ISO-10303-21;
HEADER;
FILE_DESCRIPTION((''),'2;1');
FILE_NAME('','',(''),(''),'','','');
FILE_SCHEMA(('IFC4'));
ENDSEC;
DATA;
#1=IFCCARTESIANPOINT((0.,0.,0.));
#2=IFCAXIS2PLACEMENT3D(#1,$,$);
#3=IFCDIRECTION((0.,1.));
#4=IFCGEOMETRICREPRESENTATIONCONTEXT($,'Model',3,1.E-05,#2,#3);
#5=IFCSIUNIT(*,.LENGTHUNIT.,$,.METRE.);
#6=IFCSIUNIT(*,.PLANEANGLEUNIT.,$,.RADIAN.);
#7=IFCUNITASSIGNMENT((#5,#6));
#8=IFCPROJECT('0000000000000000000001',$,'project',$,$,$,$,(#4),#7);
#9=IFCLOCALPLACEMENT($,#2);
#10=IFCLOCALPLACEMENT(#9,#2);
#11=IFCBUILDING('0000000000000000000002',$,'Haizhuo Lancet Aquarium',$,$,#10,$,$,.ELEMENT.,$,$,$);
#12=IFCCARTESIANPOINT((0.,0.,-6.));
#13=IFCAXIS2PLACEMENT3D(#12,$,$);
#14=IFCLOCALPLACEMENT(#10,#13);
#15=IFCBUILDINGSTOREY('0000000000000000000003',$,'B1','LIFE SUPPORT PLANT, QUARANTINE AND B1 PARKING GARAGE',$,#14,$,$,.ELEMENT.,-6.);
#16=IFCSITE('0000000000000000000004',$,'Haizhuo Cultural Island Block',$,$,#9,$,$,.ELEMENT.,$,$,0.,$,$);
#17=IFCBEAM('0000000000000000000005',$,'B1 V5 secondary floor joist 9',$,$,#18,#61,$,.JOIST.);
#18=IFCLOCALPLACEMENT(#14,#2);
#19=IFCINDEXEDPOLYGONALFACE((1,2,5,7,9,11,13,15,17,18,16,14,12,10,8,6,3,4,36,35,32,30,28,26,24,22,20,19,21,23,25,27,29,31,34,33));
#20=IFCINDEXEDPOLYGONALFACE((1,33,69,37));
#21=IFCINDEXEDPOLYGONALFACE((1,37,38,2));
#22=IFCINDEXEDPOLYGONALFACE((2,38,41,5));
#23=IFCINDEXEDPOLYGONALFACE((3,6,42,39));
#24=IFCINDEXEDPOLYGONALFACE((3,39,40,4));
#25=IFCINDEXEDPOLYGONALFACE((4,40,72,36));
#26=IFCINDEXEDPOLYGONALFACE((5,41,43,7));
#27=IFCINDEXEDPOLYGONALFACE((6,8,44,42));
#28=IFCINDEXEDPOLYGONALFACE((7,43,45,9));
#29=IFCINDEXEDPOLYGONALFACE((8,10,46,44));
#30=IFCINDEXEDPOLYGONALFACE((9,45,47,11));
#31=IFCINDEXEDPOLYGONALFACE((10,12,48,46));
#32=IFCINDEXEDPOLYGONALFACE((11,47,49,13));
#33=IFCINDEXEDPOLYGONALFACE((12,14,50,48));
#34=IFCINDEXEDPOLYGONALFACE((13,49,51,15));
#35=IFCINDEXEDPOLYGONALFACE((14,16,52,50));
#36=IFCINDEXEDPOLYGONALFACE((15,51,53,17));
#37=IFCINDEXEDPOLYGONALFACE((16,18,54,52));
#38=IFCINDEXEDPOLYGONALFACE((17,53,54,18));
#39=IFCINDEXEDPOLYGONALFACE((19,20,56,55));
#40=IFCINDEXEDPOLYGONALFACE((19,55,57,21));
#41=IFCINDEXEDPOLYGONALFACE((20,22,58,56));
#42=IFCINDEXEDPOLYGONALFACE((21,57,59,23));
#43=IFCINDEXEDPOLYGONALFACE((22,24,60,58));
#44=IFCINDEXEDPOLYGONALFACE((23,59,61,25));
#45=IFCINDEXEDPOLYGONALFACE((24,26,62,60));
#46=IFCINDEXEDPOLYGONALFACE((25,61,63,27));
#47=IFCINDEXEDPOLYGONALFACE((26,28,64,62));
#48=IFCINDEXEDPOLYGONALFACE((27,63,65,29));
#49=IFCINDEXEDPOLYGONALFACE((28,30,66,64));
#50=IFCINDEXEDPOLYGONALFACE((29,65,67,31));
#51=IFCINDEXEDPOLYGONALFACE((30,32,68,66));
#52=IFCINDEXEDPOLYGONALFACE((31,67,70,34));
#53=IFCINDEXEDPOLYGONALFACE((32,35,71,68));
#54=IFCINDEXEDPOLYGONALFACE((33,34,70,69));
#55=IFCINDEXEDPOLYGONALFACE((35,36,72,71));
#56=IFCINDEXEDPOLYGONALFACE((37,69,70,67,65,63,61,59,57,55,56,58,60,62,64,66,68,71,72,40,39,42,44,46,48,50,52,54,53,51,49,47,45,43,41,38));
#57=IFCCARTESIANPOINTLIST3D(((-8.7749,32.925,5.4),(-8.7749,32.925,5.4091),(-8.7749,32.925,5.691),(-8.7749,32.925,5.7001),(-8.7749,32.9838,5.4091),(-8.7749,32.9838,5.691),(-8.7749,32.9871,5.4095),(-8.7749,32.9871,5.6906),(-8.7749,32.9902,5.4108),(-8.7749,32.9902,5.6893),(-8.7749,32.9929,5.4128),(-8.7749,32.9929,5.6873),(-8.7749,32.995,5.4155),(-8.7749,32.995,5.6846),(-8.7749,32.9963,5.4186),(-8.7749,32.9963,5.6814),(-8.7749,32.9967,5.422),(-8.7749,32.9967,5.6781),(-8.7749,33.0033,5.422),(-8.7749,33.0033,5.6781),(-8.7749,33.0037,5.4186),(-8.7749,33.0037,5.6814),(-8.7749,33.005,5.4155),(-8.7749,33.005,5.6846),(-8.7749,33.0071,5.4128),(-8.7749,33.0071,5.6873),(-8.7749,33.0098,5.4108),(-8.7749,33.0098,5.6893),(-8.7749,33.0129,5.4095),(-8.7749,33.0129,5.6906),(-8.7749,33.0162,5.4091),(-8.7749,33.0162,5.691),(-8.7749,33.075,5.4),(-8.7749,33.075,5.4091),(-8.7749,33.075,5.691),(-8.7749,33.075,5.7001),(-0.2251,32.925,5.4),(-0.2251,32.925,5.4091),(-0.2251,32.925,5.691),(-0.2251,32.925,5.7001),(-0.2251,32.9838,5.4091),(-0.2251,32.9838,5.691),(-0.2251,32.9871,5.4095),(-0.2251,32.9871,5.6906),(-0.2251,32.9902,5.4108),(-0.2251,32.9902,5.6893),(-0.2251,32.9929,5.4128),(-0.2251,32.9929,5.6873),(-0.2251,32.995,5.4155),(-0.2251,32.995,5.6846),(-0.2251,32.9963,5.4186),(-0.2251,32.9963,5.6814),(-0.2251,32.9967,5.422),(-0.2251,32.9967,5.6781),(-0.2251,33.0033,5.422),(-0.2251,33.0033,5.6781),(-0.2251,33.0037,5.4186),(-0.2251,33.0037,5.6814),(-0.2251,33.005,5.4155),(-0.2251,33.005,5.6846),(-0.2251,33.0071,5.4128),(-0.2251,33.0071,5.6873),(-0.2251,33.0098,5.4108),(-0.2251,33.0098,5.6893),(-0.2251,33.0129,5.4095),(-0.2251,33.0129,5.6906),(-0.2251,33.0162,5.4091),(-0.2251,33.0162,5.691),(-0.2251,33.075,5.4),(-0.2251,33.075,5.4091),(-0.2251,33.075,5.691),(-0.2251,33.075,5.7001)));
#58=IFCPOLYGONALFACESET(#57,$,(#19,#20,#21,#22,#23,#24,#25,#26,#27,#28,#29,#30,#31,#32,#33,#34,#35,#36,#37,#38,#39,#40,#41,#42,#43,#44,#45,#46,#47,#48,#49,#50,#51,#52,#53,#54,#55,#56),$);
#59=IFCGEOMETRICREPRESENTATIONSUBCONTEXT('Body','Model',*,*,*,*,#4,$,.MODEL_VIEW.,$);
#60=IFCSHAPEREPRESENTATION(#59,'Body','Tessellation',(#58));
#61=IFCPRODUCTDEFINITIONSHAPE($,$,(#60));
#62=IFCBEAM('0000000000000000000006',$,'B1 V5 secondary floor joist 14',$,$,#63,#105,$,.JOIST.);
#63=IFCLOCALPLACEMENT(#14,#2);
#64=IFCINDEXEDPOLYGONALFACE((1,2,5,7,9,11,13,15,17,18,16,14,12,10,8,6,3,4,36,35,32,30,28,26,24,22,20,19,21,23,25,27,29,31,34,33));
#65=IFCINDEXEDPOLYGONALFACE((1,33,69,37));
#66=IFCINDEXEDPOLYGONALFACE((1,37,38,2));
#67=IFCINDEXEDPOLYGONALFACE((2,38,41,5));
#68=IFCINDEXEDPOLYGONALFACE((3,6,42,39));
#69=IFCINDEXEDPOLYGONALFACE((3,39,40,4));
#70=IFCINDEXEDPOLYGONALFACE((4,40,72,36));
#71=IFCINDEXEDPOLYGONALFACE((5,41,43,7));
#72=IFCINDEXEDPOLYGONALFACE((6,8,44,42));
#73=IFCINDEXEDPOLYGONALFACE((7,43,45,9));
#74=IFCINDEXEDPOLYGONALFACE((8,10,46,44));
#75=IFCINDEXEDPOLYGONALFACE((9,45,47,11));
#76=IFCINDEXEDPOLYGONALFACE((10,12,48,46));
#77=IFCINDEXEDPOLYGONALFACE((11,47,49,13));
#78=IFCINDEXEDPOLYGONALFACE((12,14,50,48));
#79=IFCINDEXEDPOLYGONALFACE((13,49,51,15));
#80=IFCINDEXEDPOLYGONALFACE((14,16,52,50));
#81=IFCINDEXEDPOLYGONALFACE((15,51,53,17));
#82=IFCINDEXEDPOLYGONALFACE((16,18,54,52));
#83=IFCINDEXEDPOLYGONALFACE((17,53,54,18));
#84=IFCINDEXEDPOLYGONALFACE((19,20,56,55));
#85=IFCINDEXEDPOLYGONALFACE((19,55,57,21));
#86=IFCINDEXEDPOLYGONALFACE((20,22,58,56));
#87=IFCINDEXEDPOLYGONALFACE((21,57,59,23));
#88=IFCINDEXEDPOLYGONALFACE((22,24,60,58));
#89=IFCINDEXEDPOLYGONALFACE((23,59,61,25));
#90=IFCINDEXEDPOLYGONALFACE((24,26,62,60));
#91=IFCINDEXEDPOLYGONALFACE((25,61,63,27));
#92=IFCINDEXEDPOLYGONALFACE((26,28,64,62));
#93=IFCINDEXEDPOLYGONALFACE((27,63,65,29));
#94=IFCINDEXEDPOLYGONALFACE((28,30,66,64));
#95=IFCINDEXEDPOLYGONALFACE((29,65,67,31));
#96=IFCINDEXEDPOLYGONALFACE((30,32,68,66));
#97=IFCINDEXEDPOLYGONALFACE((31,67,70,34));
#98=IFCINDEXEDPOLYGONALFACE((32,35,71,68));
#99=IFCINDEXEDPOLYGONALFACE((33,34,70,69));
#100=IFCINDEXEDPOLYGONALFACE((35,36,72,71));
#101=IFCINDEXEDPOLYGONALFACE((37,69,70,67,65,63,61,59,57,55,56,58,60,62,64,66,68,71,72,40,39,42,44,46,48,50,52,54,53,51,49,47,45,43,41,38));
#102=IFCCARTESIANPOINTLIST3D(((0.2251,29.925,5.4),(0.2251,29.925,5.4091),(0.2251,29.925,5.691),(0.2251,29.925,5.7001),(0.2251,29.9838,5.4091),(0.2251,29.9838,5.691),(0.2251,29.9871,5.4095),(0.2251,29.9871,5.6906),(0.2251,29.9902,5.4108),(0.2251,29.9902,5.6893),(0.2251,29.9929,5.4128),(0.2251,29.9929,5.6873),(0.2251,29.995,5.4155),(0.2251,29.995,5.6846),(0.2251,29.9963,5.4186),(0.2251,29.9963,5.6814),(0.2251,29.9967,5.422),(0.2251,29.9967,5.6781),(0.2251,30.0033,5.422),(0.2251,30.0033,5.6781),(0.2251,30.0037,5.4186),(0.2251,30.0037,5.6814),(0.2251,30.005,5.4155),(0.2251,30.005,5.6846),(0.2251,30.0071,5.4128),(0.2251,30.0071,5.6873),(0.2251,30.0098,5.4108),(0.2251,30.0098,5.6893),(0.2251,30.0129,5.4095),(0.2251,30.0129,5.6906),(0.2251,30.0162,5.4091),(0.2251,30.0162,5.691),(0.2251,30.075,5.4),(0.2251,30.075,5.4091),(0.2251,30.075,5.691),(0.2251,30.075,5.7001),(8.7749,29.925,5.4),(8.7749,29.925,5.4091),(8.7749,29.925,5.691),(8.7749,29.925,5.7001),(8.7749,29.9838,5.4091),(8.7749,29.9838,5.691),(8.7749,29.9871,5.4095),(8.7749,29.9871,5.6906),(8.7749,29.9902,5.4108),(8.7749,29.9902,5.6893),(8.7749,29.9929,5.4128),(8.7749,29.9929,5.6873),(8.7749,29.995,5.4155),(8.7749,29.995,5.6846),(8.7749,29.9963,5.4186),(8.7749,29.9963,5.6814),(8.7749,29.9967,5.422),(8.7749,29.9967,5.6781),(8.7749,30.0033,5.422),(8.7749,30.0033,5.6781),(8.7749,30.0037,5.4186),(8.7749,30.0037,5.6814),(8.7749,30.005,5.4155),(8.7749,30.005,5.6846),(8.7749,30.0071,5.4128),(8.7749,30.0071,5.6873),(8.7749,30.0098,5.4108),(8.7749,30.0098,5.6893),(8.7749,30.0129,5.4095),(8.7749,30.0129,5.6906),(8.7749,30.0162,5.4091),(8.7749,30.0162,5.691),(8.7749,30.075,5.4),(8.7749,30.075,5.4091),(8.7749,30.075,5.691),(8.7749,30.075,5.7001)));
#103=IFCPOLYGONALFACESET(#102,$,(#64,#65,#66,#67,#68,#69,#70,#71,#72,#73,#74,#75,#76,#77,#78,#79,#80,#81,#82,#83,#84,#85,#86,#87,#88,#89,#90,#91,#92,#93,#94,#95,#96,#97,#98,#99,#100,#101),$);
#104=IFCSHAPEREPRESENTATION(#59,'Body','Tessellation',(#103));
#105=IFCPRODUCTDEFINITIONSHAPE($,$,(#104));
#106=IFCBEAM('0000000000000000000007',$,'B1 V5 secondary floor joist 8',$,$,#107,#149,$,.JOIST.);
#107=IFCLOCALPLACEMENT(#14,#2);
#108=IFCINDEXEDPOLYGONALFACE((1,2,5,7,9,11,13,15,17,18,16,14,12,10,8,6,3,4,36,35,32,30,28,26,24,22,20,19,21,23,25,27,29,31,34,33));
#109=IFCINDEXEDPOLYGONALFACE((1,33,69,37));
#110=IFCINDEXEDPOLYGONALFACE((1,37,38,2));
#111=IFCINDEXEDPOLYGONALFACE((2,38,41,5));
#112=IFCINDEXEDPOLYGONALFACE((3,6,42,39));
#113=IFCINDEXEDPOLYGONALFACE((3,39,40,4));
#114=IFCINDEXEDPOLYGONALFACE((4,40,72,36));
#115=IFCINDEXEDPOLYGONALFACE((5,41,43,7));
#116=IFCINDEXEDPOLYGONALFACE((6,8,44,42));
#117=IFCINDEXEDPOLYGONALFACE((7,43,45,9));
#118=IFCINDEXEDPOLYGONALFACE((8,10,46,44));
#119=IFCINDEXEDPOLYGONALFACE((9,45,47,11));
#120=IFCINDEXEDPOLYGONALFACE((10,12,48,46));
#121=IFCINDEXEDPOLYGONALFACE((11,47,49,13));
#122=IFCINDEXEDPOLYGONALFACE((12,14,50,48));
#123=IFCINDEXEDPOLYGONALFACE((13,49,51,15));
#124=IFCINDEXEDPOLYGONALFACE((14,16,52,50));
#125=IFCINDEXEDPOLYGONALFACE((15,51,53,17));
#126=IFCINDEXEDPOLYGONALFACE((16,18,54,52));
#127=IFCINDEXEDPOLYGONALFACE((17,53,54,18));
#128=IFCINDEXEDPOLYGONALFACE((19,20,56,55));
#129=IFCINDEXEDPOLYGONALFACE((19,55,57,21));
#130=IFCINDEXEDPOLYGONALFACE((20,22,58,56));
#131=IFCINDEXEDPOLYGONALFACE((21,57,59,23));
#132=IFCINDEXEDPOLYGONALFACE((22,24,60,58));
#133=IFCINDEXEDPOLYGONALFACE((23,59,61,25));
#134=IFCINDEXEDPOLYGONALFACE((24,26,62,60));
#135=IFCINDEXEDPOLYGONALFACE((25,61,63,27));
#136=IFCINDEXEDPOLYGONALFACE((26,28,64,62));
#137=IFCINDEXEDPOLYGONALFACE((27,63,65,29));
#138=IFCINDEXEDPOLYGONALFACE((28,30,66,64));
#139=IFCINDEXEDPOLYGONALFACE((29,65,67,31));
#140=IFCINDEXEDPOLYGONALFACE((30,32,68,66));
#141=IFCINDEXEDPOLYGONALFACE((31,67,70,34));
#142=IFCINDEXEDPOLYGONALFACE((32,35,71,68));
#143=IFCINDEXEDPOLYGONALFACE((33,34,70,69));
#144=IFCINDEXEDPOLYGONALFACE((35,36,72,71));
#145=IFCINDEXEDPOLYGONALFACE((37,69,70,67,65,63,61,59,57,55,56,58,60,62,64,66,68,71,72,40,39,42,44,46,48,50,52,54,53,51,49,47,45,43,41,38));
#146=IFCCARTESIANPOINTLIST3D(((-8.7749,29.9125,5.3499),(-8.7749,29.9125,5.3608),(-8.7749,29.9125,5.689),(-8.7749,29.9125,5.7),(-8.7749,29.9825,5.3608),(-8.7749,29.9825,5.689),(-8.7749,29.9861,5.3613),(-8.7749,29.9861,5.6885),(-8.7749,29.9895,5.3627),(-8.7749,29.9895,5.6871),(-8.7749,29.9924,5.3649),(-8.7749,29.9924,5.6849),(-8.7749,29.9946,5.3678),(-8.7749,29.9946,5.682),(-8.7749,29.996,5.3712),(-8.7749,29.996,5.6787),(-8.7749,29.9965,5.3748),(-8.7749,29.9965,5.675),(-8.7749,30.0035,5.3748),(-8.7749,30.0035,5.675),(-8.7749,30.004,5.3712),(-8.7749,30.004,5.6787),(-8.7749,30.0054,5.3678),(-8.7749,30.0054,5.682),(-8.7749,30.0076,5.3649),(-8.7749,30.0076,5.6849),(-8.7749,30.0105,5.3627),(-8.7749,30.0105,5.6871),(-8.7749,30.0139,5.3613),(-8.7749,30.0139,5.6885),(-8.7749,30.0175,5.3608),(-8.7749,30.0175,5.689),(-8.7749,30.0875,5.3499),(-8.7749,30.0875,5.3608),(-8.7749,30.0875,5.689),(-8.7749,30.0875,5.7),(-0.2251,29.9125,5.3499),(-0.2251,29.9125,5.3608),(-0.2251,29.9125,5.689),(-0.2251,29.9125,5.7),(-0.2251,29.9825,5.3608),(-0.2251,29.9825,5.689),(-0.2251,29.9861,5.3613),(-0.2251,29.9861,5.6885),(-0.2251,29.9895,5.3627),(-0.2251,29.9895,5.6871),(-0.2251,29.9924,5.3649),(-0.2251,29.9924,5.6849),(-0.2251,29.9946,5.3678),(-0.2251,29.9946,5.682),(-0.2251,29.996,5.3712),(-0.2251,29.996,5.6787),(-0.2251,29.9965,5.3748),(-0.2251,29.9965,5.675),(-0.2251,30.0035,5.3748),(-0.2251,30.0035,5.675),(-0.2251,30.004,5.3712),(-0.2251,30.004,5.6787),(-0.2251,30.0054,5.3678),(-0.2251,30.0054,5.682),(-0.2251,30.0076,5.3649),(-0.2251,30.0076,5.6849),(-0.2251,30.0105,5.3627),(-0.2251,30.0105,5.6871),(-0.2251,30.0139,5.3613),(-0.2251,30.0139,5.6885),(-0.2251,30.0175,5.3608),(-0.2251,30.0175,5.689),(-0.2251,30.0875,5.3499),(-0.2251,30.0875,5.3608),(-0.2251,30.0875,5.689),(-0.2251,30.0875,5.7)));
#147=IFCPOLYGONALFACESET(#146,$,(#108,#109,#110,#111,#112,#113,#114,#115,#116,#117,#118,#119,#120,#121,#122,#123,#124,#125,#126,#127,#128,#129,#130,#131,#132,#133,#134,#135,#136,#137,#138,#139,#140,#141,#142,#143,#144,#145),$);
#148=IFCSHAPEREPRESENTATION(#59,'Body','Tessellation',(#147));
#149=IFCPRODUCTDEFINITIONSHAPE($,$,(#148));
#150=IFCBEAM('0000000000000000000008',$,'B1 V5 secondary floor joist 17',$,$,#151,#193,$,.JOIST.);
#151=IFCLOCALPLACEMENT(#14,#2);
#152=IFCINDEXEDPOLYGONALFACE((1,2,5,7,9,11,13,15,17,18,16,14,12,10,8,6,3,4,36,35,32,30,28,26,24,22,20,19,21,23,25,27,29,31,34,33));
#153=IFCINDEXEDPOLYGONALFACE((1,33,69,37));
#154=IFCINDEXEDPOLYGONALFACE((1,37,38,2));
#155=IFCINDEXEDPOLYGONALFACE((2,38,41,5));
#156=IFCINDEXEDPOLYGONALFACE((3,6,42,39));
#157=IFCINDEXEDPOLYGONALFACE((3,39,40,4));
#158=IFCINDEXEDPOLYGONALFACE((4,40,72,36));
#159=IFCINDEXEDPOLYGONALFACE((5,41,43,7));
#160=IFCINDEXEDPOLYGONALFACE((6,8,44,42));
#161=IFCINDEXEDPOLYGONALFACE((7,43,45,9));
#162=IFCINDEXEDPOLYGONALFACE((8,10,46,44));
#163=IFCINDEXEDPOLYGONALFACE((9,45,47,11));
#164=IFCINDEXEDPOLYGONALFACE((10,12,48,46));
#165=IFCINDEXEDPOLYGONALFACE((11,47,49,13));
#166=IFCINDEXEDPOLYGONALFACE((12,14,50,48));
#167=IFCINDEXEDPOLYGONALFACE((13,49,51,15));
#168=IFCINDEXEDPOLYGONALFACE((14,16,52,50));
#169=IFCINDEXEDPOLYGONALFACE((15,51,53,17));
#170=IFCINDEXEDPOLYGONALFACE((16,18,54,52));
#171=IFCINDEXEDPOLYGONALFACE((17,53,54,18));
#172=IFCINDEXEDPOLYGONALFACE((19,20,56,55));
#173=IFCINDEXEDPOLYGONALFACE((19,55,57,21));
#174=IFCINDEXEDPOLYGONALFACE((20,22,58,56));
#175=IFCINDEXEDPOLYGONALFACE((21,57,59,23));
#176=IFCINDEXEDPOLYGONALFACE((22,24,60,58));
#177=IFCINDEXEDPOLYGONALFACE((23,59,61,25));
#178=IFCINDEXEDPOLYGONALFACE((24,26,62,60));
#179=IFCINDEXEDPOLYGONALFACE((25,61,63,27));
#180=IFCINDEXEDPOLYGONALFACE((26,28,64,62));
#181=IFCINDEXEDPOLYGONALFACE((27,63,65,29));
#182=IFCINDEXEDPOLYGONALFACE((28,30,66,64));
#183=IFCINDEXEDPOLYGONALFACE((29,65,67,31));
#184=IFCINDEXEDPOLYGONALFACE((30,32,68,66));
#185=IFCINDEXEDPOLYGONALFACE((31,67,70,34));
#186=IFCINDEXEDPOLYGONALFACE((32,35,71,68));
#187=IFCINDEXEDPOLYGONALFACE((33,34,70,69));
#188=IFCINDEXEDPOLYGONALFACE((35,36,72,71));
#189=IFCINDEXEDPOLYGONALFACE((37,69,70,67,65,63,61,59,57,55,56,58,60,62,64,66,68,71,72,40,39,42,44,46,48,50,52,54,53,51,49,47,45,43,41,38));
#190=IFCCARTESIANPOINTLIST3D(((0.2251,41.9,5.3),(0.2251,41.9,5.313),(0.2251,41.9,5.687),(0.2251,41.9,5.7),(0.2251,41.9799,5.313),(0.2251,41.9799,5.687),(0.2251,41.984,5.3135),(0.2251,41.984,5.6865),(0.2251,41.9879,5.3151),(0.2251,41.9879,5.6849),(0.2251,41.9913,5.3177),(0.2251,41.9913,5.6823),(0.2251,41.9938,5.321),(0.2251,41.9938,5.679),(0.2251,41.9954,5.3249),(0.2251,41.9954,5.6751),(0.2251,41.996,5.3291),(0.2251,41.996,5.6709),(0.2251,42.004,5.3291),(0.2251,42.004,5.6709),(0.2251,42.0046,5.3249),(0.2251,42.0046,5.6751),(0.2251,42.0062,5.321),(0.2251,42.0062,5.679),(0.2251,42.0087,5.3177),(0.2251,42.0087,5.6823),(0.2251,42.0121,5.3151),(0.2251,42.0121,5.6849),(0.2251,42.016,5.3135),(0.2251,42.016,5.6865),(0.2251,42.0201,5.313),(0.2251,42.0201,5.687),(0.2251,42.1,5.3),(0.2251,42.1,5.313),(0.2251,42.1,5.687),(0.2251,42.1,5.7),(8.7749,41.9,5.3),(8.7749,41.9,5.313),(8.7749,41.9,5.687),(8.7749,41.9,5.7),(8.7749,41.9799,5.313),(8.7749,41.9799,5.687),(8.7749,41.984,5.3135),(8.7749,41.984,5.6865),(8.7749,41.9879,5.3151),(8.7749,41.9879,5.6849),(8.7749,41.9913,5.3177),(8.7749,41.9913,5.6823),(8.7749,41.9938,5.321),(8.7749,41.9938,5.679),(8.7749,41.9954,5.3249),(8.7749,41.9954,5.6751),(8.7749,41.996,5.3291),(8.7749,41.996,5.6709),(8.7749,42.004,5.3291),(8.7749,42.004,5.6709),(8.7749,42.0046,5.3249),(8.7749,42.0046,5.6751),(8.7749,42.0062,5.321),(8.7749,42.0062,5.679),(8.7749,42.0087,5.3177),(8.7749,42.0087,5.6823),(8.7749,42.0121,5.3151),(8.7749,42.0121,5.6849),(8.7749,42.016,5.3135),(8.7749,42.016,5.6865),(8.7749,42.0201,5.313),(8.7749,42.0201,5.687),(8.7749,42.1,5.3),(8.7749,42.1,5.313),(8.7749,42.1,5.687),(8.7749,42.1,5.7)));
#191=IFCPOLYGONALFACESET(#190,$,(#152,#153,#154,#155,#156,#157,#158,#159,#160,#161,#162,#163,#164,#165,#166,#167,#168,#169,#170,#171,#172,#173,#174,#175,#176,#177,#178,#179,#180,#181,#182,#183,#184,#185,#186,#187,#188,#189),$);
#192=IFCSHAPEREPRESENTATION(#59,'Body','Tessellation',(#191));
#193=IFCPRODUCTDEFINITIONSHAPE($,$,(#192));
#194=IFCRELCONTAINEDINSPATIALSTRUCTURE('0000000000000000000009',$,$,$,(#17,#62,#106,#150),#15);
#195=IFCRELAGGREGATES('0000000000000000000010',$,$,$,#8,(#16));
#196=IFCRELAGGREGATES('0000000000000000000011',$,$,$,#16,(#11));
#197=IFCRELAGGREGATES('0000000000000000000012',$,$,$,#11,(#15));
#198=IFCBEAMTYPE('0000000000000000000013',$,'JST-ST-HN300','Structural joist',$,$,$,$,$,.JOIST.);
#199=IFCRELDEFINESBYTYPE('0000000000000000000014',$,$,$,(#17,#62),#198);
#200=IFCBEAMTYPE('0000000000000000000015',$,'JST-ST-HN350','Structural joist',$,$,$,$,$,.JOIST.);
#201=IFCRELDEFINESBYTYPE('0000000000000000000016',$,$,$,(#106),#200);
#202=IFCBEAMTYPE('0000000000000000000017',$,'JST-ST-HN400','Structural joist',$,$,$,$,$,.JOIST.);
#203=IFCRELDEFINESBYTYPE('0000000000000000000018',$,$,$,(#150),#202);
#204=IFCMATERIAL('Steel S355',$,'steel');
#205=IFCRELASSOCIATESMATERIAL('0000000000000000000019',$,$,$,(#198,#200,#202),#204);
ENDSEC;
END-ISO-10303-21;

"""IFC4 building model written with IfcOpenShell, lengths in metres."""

from ifc_helpers import new_model, si_unit, direction, frame, origin, origin_2d, place, context, subcontext, project, spatial, i_section, extrude, material, material_profile, profile_set, type_object, element, save


model = new_model("IFC4")

# Units and contexts
model_context = context("Model", 3, precision=1e-05, world=origin(), true_north=direction((0.0, 1.0)))
body_context = subcontext(model_context, "Body", "Model", "MODEL_VIEW")
ifc_project = project(units=[si_unit("LENGTHUNIT", "METRE"), si_unit("PLANEANGLEUNIT", "RADIAN")], contexts=[model_context])

# Site, building, storey
site_placement = place(None, origin())
site = spatial("IfcSite", under=ifc_project, at=site_placement, Name="Haizhuo Cultural Island Block", CompositionType="ELEMENT", RefElevation=0.0)
building_placement = place(site_placement, origin())
building = spatial("IfcBuilding", under=site, at=building_placement, Name="Haizhuo Lancet Aquarium", CompositionType="ELEMENT")
storey_placement = place(building_placement, frame((0.0, 0.0, -6.0)))
storey = spatial("IfcBuildingStorey", under=building, at=storey_placement, Name="B1", Description="LIFE SUPPORT PLANT, QUARANTINE AND B1 PARKING GARAGE", CompositionType="ELEMENT", Elevation=-6.0)

# Beams
ifc_material_1 = material(Name="Steel S355", Category="steel")
ifc_material_profile_1 = material_profile(ifc_material_1, i_section(OverallWidth=0.1499, OverallDepth=0.3, WebThickness=0.0066, FlangeThickness=0.009, FilletRadius=0.0129, at=origin_2d()), Name="HN 300x150x6.5x9")
ifc_profile_set_1 = profile_set([ifc_material_profile_1], Name="Steel S355")
beam_type_1 = type_object("IfcBeamType", Name="JST-ST-HN300", Description="Structural joist", PredefinedType="JOIST", material=ifc_profile_set_1)
for number, where, z_axis, x_axis, name in (
    (1, (-8.7749, 33.0, 5.55), (1.0, 0.0, 0.0), (0.0, 1.0, 0.0), "B1 V5 secondary floor joist 9"),
    (2, (0.2251, 30.0, 5.55), (1.0, 0.0, 0.0), (0.0, 1.0, 0.0), "B1 V5 secondary floor joist 14"),
):
    element("IfcBeam", number, at=place(storey_placement, frame(where, z_axis=z_axis, x_axis=x_axis)), inside=storey, type_object=beam_type_1, Name=name, PredefinedType="JOIST", context=body_context, shape_type="SweptSolid", body=[
        extrude(i_section(OverallWidth=0.1499, OverallDepth=0.3, WebThickness=0.0066, FlangeThickness=0.009, FilletRadius=0.0129, at=origin_2d()), origin(), (0.0, 0.0, 1.0), 8.5498),
    ])
ifc_material_profile_2 = material_profile(ifc_material_1, i_section(OverallWidth=0.175, OverallDepth=0.3501, WebThickness=0.0071, FlangeThickness=0.011, FilletRadius=0.0139, at=origin_2d()), Name="HN 350x175x7x11")
ifc_profile_set_2 = profile_set([ifc_material_profile_2], Name="Steel S355")
beam_type_2 = type_object("IfcBeamType", Name="JST-ST-HN350", Description="Structural joist", PredefinedType="JOIST", material=ifc_profile_set_2)
beam_1_placement = place(storey_placement, frame((-8.7749, 30.0, 5.5249), z_axis=(1.0, 0.0, 0.0), x_axis=(0.0, 1.0, 0.0)))
element("IfcBeam", 3, at=beam_1_placement, inside=storey, type_object=beam_type_2, Name="B1 V5 secondary floor joist 8", PredefinedType="JOIST", context=body_context, shape_type="SweptSolid", body=[
    extrude(i_section(OverallWidth=0.175, OverallDepth=0.3501, WebThickness=0.0071, FlangeThickness=0.011, FilletRadius=0.0139, at=origin_2d()), origin(), (0.0, 0.0, 1.0), 8.5498),
])
ifc_material_profile_3 = material_profile(ifc_material_1, i_section(OverallWidth=0.2, OverallDepth=0.3999, WebThickness=0.0081, FlangeThickness=0.0129, FilletRadius=0.0161, at=origin_2d()), Name="HN 400x200x8x13")
ifc_profile_set_3 = profile_set([ifc_material_profile_3], Name="Steel S355")
beam_type_3 = type_object("IfcBeamType", Name="JST-ST-HN400", Description="Structural joist", PredefinedType="JOIST", material=ifc_profile_set_3)
beam_2_placement = place(storey_placement, frame((0.2251, 42.0, 5.5), z_axis=(1.0, 0.0, 0.0), x_axis=(0.0, 1.0, 0.0)))
element("IfcBeam", 4, at=beam_2_placement, inside=storey, type_object=beam_type_3, Name="B1 V5 secondary floor joist 17", PredefinedType="JOIST", context=body_context, shape_type="SweptSolid", body=[
    extrude(i_section(OverallWidth=0.2, OverallDepth=0.3999, WebThickness=0.0081, FlangeThickness=0.0129, FilletRadius=0.0161, at=origin_2d()), origin(), (0.0, 0.0, 1.0), 8.5498),
])

save(model, "model.ifc")
